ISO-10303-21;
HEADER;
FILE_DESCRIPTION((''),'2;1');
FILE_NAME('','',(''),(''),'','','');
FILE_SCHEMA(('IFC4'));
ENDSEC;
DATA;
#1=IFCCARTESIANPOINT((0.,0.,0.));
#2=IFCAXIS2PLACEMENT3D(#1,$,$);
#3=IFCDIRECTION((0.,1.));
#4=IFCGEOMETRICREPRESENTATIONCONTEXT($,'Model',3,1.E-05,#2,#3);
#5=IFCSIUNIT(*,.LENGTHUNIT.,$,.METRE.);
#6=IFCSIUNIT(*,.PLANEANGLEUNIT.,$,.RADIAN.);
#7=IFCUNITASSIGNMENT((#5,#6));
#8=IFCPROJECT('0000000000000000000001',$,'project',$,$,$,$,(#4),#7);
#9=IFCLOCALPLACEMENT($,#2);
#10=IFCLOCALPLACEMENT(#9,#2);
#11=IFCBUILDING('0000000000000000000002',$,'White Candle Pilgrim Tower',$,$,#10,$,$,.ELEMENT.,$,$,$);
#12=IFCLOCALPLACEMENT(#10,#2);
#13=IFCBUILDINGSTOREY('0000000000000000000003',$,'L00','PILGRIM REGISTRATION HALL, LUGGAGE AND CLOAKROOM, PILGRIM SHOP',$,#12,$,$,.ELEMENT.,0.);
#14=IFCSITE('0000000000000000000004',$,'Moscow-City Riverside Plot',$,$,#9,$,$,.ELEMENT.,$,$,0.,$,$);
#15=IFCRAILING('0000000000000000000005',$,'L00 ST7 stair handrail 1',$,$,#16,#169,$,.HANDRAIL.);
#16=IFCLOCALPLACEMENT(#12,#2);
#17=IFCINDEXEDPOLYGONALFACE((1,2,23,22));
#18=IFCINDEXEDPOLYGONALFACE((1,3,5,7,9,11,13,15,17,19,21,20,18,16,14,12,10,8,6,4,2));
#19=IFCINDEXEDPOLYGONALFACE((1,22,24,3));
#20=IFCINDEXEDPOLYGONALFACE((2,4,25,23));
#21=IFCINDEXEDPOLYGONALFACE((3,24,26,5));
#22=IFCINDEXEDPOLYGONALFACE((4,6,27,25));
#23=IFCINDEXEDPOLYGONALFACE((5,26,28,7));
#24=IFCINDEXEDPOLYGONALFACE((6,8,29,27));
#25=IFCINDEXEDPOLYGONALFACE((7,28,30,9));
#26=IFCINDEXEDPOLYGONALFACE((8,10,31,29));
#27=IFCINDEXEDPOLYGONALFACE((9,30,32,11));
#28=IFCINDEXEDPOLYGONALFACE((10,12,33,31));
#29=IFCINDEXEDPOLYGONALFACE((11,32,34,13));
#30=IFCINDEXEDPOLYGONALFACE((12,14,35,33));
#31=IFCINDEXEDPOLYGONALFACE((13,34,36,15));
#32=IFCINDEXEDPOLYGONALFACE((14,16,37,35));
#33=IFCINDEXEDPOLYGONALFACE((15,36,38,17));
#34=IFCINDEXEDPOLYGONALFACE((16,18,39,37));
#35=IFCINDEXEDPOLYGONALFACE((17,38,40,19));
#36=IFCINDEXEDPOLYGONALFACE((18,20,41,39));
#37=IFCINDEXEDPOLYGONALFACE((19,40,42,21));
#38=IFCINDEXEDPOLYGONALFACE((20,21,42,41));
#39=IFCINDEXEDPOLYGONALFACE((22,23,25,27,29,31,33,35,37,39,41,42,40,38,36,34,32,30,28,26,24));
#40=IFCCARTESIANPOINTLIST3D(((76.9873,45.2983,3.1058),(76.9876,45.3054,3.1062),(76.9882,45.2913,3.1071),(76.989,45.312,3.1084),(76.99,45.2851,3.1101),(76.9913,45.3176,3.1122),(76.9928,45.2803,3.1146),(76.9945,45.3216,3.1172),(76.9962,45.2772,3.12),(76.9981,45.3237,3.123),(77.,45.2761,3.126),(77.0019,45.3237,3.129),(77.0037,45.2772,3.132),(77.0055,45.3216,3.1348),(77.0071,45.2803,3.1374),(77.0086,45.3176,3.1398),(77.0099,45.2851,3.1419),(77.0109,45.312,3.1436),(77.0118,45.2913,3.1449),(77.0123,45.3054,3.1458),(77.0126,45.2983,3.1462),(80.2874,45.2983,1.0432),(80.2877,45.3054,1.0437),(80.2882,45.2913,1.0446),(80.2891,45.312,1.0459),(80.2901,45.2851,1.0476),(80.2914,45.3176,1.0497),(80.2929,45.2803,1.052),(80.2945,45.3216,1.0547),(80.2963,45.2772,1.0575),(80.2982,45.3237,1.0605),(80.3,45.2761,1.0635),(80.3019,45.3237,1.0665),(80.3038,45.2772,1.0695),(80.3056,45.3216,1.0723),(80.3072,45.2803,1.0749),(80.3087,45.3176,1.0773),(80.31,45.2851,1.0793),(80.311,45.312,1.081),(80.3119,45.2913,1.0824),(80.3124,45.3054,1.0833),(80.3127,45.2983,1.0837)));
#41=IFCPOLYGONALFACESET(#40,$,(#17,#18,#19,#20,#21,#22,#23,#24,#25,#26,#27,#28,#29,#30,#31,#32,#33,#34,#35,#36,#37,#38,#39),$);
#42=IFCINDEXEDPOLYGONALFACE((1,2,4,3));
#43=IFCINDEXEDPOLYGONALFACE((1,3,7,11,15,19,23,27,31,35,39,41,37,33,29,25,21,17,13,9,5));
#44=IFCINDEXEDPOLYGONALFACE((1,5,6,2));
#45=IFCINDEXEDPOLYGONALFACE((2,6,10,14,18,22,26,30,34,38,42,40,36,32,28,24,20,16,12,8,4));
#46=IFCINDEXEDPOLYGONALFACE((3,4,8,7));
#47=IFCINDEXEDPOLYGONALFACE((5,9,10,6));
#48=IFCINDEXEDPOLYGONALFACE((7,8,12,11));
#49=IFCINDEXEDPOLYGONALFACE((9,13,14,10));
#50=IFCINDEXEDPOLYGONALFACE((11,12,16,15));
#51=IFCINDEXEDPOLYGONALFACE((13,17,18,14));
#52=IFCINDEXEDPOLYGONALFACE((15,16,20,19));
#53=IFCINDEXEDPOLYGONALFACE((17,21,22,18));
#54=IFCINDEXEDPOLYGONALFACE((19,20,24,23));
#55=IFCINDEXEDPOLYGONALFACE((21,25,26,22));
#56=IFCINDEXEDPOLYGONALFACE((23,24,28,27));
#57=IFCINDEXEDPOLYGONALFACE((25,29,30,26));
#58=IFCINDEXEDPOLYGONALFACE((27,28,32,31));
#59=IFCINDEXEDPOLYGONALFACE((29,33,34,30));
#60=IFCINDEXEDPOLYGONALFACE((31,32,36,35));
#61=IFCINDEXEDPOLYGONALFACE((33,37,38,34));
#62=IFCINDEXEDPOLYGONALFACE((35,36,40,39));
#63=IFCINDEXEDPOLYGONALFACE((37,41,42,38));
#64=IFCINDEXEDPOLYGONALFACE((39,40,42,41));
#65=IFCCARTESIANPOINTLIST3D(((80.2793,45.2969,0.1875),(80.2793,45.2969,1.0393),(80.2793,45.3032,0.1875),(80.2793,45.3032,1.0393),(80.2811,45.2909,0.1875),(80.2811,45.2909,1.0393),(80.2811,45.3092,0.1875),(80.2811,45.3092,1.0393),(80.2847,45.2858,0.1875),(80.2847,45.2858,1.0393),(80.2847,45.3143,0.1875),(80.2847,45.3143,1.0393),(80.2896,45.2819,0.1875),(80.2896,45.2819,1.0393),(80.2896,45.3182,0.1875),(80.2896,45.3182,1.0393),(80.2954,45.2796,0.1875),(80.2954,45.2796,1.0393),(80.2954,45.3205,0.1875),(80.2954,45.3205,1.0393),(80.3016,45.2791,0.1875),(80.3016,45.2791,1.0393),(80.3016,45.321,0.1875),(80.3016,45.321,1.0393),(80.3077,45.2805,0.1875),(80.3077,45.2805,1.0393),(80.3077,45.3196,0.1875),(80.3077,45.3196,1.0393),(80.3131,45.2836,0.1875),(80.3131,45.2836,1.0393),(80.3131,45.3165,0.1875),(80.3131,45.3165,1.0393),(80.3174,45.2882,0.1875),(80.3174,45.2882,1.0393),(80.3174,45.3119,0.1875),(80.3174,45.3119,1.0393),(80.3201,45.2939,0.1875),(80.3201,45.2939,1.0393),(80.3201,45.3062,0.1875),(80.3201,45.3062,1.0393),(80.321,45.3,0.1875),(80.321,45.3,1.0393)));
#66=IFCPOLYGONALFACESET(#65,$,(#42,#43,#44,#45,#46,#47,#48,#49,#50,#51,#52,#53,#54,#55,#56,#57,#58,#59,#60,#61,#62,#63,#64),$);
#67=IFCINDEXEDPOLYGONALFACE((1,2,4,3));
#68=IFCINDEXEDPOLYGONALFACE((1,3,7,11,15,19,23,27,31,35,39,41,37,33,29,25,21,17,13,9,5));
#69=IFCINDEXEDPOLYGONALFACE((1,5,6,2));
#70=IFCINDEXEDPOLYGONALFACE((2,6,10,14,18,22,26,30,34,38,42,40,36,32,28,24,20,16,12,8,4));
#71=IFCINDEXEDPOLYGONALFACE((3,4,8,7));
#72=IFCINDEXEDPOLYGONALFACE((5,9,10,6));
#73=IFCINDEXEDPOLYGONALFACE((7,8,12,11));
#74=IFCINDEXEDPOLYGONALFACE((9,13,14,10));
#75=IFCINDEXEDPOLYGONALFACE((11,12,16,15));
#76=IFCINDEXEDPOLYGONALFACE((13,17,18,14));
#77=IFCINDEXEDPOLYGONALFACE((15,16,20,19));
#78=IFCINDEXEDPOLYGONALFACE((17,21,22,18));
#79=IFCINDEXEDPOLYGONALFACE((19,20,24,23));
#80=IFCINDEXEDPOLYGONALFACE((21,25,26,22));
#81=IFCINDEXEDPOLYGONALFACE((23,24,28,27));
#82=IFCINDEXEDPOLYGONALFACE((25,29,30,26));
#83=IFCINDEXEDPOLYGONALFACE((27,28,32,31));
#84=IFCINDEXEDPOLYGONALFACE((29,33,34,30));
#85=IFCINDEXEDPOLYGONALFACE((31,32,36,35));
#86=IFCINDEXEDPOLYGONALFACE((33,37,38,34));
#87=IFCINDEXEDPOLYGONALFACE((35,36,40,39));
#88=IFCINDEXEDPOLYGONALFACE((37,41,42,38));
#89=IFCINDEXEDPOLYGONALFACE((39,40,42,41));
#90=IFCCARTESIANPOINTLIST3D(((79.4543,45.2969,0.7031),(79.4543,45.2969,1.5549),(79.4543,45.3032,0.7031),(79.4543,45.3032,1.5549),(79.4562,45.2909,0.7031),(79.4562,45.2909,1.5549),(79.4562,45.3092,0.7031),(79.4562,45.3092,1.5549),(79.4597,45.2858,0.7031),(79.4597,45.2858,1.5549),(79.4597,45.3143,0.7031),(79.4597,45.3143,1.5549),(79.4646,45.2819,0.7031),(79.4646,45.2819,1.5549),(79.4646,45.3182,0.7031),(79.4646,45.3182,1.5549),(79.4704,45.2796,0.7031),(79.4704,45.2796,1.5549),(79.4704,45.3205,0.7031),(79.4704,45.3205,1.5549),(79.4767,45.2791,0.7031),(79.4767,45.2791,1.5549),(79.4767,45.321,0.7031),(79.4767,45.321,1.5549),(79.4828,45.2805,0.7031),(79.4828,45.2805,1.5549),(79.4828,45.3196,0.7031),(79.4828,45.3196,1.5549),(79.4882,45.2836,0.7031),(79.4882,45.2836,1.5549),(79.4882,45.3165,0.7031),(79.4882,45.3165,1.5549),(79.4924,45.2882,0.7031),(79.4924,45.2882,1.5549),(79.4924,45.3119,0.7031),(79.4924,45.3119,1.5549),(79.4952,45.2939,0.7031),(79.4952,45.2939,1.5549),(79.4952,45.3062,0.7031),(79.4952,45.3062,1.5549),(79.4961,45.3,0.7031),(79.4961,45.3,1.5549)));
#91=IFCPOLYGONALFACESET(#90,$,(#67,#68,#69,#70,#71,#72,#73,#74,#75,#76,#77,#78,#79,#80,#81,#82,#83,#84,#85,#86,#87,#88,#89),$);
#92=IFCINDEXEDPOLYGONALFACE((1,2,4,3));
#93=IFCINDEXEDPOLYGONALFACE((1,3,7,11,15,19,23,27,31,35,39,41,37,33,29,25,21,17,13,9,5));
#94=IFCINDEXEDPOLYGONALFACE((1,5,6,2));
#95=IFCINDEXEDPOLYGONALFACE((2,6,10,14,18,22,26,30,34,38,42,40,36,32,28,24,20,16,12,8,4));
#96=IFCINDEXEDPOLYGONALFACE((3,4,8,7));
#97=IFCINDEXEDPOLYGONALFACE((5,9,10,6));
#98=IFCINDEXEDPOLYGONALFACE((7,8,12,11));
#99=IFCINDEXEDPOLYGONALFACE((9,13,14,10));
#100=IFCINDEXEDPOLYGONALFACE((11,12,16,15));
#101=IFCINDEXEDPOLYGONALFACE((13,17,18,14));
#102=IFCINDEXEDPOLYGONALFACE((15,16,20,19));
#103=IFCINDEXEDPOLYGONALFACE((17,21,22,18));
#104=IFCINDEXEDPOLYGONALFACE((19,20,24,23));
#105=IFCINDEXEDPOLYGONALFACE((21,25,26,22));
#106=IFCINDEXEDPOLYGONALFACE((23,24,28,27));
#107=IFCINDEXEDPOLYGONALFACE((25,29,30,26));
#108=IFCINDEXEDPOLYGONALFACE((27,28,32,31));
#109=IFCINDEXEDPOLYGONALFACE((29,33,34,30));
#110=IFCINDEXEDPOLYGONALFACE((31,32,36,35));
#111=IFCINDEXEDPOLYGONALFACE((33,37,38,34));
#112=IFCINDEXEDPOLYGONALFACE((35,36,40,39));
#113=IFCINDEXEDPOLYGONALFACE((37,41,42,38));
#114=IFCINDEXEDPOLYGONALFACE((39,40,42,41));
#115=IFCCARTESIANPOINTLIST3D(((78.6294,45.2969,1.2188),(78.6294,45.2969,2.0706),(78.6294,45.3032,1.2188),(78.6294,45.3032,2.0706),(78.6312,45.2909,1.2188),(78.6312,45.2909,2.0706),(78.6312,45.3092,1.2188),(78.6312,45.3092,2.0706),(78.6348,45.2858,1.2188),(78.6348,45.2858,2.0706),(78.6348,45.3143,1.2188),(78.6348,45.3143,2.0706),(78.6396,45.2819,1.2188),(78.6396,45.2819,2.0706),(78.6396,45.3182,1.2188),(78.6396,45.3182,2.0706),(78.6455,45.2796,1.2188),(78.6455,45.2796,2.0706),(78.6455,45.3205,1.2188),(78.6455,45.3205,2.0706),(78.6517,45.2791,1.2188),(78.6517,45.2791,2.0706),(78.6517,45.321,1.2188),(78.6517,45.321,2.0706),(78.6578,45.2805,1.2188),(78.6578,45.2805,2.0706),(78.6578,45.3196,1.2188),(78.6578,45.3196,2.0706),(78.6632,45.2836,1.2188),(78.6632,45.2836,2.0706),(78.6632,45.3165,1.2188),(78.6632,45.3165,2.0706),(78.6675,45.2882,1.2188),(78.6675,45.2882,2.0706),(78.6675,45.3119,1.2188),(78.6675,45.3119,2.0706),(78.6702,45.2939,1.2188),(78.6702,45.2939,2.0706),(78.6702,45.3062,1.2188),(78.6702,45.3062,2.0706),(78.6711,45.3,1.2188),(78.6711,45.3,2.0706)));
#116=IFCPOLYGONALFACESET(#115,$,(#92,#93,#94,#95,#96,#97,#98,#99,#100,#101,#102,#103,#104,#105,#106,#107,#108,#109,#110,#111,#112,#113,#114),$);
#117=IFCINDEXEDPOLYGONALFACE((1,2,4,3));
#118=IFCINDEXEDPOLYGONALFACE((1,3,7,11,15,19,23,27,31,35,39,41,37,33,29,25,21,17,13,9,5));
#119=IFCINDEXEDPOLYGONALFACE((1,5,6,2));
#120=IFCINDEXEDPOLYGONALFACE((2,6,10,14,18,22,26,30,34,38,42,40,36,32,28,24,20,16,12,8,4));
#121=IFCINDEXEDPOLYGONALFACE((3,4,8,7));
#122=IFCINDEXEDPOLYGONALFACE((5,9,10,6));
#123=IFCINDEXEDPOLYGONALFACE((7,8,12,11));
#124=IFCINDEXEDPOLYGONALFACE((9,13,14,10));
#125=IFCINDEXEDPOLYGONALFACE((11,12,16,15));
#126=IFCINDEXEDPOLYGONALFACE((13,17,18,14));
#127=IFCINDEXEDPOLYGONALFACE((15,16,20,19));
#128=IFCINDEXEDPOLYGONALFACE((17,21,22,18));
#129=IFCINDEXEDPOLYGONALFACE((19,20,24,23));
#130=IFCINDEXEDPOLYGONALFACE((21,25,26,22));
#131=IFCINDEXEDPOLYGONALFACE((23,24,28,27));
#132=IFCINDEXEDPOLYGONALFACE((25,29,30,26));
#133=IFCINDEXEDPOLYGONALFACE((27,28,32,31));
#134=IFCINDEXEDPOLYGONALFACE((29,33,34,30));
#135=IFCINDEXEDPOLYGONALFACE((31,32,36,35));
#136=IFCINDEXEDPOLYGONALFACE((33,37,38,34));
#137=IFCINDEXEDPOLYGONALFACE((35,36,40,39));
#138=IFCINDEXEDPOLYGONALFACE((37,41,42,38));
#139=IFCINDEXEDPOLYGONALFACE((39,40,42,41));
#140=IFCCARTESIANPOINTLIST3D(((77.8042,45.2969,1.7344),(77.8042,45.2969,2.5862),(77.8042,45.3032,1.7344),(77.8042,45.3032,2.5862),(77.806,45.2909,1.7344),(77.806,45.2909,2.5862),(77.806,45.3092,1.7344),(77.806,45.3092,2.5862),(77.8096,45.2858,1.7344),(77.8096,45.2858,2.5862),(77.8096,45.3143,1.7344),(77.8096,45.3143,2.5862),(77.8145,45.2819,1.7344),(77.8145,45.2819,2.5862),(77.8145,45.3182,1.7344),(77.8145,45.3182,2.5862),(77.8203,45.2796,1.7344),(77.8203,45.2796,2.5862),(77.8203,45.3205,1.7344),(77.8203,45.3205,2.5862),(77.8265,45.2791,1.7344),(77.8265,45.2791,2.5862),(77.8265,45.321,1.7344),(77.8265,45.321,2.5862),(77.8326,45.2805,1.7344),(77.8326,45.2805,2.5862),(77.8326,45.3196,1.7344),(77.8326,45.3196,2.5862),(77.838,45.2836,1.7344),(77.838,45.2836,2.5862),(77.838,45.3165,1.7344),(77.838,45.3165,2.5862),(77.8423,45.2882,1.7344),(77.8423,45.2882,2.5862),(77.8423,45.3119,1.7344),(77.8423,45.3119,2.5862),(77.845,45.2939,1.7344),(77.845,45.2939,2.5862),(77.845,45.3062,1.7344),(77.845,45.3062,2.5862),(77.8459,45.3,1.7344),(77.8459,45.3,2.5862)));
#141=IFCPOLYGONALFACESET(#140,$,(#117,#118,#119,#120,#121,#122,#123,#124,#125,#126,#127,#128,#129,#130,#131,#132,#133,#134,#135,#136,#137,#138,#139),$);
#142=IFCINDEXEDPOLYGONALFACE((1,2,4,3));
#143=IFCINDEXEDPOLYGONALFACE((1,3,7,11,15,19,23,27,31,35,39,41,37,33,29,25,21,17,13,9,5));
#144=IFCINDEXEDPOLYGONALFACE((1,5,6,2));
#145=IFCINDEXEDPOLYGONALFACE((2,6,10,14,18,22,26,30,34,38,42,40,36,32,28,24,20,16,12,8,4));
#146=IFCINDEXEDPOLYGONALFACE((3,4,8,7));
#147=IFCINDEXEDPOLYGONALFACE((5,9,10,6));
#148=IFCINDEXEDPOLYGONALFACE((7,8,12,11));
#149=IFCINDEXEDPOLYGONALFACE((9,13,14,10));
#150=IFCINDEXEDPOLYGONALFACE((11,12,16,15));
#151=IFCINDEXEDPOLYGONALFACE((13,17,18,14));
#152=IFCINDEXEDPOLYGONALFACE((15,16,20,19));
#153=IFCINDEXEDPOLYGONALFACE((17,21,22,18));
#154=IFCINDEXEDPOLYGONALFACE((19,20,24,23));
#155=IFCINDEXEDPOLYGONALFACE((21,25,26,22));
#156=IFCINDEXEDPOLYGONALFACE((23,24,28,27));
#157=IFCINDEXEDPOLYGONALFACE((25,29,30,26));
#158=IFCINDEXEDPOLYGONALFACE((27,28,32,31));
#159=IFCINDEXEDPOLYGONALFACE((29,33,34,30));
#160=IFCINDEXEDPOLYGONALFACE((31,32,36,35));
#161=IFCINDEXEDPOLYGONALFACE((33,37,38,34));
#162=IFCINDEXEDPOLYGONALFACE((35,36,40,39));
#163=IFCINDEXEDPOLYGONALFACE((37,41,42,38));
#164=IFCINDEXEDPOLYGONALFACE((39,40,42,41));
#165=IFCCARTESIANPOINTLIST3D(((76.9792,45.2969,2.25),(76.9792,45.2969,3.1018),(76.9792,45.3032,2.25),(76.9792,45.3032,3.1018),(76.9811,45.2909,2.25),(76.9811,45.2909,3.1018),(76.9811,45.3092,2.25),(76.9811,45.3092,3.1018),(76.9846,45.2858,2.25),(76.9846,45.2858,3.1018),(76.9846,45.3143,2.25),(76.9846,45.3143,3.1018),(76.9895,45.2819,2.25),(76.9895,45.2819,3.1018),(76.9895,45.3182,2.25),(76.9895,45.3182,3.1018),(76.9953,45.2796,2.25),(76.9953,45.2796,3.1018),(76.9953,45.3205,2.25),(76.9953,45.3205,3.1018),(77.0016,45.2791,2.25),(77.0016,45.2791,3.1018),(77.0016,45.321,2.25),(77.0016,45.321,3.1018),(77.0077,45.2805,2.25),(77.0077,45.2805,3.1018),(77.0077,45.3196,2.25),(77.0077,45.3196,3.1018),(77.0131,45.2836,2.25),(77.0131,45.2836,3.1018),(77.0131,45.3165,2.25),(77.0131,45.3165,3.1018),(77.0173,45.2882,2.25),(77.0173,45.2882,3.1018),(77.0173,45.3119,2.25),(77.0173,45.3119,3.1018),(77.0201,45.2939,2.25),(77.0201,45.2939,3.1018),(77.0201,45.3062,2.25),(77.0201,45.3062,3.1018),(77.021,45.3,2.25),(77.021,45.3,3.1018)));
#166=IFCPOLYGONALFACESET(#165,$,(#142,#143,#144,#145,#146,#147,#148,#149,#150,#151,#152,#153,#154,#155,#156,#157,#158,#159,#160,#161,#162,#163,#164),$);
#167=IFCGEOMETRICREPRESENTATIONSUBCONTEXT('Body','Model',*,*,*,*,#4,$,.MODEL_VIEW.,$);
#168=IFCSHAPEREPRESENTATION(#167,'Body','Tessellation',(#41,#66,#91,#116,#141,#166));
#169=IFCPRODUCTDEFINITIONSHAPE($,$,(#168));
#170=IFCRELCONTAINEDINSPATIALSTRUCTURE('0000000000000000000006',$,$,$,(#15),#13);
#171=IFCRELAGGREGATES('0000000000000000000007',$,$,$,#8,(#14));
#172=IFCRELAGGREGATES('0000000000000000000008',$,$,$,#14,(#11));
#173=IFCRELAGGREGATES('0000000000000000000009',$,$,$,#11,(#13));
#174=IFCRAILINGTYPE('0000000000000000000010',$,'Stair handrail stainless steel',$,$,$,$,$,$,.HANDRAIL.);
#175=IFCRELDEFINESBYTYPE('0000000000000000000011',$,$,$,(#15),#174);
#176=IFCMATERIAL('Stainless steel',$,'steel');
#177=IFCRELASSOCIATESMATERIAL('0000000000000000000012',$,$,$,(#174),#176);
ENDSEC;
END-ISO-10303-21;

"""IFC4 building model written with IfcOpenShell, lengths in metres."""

from ifc_helpers import new_model, si_unit, direction, frame, origin, origin_2d, place, context, subcontext, project, spatial, circle, extrude, material, type_object, element, save


model = new_model("IFC4")

# Units and contexts
model_context = context("Model", 3, precision=1e-05, world=origin(), true_north=direction((0.0, 1.0)))
body_context = subcontext(model_context, "Body", "Model", "MODEL_VIEW")
ifc_project = project(units=[si_unit("LENGTHUNIT", "METRE"), si_unit("PLANEANGLEUNIT", "RADIAN")], contexts=[model_context])

# Site, building, storey
site_placement = place(None, origin())
site = spatial("IfcSite", under=ifc_project, at=site_placement, Name="Moscow-City Riverside Plot", CompositionType="ELEMENT", RefElevation=0.0)
building_placement = place(site_placement, origin())
building = spatial("IfcBuilding", under=site, at=building_placement, Name="White Candle Pilgrim Tower", CompositionType="ELEMENT")
storey_placement = place(building_placement, origin())
storey = spatial("IfcBuildingStorey", under=building, at=storey_placement, Name="L00", Description="PILGRIM REGISTRATION HALL, LUGGAGE AND CLOAKROOM, PILGRIM SHOP", CompositionType="ELEMENT", Elevation=0.0)

# Railing
ifc_material_1 = material(Name="Stainless steel", Category="steel")
railing_type_1 = type_object("IfcRailingType", Name="Stair handrail stainless steel", PredefinedType="HANDRAIL", material=ifc_material_1)
for number, where, name in (
    (1, (80.3, 45.3, 0.1875), "L00 ST7 stair handrail 1"),
):
    element("IfcRailing", number, at=place(storey_placement, frame(where)), inside=storey, type_object=railing_type_1, Name=name, PredefinedType="HANDRAIL", context=body_context, shape_type="SweptSolid", body=[
        extrude(circle(Radius=0.0239, at=origin_2d()), frame((0.0, 0.0, 0.876), z_axis=(-0.848002, 0.0, 0.529993), x_axis=(0.0, -1.0, 0.0)), (0.0, 0.0, 1.0), 3.8916),
        extrude(circle(Radius=0.021, at=origin_2d()), origin(), (0.0, 0.0, 1.0), 0.8518),
        extrude(circle(Radius=0.021, at=origin_2d()), frame((-0.825, 0.0, 0.5156)), (0.0, 0.0, 1.0), 0.8518),
        extrude(circle(Radius=0.021, at=origin_2d()), frame((-1.6499, 0.0, 1.0312)), (0.0, 0.0, 1.0), 0.8518),
        extrude(circle(Radius=0.021, at=origin_2d()), frame((-2.4751, 0.0, 1.5469)), (0.0, 0.0, 1.0), 0.8518),
        extrude(circle(Radius=0.021, at=origin_2d()), frame((-3.3, 0.0, 2.0625)), (0.0, 0.0, 1.0), 0.8518),
    ])

save(model, "model.ifc")
